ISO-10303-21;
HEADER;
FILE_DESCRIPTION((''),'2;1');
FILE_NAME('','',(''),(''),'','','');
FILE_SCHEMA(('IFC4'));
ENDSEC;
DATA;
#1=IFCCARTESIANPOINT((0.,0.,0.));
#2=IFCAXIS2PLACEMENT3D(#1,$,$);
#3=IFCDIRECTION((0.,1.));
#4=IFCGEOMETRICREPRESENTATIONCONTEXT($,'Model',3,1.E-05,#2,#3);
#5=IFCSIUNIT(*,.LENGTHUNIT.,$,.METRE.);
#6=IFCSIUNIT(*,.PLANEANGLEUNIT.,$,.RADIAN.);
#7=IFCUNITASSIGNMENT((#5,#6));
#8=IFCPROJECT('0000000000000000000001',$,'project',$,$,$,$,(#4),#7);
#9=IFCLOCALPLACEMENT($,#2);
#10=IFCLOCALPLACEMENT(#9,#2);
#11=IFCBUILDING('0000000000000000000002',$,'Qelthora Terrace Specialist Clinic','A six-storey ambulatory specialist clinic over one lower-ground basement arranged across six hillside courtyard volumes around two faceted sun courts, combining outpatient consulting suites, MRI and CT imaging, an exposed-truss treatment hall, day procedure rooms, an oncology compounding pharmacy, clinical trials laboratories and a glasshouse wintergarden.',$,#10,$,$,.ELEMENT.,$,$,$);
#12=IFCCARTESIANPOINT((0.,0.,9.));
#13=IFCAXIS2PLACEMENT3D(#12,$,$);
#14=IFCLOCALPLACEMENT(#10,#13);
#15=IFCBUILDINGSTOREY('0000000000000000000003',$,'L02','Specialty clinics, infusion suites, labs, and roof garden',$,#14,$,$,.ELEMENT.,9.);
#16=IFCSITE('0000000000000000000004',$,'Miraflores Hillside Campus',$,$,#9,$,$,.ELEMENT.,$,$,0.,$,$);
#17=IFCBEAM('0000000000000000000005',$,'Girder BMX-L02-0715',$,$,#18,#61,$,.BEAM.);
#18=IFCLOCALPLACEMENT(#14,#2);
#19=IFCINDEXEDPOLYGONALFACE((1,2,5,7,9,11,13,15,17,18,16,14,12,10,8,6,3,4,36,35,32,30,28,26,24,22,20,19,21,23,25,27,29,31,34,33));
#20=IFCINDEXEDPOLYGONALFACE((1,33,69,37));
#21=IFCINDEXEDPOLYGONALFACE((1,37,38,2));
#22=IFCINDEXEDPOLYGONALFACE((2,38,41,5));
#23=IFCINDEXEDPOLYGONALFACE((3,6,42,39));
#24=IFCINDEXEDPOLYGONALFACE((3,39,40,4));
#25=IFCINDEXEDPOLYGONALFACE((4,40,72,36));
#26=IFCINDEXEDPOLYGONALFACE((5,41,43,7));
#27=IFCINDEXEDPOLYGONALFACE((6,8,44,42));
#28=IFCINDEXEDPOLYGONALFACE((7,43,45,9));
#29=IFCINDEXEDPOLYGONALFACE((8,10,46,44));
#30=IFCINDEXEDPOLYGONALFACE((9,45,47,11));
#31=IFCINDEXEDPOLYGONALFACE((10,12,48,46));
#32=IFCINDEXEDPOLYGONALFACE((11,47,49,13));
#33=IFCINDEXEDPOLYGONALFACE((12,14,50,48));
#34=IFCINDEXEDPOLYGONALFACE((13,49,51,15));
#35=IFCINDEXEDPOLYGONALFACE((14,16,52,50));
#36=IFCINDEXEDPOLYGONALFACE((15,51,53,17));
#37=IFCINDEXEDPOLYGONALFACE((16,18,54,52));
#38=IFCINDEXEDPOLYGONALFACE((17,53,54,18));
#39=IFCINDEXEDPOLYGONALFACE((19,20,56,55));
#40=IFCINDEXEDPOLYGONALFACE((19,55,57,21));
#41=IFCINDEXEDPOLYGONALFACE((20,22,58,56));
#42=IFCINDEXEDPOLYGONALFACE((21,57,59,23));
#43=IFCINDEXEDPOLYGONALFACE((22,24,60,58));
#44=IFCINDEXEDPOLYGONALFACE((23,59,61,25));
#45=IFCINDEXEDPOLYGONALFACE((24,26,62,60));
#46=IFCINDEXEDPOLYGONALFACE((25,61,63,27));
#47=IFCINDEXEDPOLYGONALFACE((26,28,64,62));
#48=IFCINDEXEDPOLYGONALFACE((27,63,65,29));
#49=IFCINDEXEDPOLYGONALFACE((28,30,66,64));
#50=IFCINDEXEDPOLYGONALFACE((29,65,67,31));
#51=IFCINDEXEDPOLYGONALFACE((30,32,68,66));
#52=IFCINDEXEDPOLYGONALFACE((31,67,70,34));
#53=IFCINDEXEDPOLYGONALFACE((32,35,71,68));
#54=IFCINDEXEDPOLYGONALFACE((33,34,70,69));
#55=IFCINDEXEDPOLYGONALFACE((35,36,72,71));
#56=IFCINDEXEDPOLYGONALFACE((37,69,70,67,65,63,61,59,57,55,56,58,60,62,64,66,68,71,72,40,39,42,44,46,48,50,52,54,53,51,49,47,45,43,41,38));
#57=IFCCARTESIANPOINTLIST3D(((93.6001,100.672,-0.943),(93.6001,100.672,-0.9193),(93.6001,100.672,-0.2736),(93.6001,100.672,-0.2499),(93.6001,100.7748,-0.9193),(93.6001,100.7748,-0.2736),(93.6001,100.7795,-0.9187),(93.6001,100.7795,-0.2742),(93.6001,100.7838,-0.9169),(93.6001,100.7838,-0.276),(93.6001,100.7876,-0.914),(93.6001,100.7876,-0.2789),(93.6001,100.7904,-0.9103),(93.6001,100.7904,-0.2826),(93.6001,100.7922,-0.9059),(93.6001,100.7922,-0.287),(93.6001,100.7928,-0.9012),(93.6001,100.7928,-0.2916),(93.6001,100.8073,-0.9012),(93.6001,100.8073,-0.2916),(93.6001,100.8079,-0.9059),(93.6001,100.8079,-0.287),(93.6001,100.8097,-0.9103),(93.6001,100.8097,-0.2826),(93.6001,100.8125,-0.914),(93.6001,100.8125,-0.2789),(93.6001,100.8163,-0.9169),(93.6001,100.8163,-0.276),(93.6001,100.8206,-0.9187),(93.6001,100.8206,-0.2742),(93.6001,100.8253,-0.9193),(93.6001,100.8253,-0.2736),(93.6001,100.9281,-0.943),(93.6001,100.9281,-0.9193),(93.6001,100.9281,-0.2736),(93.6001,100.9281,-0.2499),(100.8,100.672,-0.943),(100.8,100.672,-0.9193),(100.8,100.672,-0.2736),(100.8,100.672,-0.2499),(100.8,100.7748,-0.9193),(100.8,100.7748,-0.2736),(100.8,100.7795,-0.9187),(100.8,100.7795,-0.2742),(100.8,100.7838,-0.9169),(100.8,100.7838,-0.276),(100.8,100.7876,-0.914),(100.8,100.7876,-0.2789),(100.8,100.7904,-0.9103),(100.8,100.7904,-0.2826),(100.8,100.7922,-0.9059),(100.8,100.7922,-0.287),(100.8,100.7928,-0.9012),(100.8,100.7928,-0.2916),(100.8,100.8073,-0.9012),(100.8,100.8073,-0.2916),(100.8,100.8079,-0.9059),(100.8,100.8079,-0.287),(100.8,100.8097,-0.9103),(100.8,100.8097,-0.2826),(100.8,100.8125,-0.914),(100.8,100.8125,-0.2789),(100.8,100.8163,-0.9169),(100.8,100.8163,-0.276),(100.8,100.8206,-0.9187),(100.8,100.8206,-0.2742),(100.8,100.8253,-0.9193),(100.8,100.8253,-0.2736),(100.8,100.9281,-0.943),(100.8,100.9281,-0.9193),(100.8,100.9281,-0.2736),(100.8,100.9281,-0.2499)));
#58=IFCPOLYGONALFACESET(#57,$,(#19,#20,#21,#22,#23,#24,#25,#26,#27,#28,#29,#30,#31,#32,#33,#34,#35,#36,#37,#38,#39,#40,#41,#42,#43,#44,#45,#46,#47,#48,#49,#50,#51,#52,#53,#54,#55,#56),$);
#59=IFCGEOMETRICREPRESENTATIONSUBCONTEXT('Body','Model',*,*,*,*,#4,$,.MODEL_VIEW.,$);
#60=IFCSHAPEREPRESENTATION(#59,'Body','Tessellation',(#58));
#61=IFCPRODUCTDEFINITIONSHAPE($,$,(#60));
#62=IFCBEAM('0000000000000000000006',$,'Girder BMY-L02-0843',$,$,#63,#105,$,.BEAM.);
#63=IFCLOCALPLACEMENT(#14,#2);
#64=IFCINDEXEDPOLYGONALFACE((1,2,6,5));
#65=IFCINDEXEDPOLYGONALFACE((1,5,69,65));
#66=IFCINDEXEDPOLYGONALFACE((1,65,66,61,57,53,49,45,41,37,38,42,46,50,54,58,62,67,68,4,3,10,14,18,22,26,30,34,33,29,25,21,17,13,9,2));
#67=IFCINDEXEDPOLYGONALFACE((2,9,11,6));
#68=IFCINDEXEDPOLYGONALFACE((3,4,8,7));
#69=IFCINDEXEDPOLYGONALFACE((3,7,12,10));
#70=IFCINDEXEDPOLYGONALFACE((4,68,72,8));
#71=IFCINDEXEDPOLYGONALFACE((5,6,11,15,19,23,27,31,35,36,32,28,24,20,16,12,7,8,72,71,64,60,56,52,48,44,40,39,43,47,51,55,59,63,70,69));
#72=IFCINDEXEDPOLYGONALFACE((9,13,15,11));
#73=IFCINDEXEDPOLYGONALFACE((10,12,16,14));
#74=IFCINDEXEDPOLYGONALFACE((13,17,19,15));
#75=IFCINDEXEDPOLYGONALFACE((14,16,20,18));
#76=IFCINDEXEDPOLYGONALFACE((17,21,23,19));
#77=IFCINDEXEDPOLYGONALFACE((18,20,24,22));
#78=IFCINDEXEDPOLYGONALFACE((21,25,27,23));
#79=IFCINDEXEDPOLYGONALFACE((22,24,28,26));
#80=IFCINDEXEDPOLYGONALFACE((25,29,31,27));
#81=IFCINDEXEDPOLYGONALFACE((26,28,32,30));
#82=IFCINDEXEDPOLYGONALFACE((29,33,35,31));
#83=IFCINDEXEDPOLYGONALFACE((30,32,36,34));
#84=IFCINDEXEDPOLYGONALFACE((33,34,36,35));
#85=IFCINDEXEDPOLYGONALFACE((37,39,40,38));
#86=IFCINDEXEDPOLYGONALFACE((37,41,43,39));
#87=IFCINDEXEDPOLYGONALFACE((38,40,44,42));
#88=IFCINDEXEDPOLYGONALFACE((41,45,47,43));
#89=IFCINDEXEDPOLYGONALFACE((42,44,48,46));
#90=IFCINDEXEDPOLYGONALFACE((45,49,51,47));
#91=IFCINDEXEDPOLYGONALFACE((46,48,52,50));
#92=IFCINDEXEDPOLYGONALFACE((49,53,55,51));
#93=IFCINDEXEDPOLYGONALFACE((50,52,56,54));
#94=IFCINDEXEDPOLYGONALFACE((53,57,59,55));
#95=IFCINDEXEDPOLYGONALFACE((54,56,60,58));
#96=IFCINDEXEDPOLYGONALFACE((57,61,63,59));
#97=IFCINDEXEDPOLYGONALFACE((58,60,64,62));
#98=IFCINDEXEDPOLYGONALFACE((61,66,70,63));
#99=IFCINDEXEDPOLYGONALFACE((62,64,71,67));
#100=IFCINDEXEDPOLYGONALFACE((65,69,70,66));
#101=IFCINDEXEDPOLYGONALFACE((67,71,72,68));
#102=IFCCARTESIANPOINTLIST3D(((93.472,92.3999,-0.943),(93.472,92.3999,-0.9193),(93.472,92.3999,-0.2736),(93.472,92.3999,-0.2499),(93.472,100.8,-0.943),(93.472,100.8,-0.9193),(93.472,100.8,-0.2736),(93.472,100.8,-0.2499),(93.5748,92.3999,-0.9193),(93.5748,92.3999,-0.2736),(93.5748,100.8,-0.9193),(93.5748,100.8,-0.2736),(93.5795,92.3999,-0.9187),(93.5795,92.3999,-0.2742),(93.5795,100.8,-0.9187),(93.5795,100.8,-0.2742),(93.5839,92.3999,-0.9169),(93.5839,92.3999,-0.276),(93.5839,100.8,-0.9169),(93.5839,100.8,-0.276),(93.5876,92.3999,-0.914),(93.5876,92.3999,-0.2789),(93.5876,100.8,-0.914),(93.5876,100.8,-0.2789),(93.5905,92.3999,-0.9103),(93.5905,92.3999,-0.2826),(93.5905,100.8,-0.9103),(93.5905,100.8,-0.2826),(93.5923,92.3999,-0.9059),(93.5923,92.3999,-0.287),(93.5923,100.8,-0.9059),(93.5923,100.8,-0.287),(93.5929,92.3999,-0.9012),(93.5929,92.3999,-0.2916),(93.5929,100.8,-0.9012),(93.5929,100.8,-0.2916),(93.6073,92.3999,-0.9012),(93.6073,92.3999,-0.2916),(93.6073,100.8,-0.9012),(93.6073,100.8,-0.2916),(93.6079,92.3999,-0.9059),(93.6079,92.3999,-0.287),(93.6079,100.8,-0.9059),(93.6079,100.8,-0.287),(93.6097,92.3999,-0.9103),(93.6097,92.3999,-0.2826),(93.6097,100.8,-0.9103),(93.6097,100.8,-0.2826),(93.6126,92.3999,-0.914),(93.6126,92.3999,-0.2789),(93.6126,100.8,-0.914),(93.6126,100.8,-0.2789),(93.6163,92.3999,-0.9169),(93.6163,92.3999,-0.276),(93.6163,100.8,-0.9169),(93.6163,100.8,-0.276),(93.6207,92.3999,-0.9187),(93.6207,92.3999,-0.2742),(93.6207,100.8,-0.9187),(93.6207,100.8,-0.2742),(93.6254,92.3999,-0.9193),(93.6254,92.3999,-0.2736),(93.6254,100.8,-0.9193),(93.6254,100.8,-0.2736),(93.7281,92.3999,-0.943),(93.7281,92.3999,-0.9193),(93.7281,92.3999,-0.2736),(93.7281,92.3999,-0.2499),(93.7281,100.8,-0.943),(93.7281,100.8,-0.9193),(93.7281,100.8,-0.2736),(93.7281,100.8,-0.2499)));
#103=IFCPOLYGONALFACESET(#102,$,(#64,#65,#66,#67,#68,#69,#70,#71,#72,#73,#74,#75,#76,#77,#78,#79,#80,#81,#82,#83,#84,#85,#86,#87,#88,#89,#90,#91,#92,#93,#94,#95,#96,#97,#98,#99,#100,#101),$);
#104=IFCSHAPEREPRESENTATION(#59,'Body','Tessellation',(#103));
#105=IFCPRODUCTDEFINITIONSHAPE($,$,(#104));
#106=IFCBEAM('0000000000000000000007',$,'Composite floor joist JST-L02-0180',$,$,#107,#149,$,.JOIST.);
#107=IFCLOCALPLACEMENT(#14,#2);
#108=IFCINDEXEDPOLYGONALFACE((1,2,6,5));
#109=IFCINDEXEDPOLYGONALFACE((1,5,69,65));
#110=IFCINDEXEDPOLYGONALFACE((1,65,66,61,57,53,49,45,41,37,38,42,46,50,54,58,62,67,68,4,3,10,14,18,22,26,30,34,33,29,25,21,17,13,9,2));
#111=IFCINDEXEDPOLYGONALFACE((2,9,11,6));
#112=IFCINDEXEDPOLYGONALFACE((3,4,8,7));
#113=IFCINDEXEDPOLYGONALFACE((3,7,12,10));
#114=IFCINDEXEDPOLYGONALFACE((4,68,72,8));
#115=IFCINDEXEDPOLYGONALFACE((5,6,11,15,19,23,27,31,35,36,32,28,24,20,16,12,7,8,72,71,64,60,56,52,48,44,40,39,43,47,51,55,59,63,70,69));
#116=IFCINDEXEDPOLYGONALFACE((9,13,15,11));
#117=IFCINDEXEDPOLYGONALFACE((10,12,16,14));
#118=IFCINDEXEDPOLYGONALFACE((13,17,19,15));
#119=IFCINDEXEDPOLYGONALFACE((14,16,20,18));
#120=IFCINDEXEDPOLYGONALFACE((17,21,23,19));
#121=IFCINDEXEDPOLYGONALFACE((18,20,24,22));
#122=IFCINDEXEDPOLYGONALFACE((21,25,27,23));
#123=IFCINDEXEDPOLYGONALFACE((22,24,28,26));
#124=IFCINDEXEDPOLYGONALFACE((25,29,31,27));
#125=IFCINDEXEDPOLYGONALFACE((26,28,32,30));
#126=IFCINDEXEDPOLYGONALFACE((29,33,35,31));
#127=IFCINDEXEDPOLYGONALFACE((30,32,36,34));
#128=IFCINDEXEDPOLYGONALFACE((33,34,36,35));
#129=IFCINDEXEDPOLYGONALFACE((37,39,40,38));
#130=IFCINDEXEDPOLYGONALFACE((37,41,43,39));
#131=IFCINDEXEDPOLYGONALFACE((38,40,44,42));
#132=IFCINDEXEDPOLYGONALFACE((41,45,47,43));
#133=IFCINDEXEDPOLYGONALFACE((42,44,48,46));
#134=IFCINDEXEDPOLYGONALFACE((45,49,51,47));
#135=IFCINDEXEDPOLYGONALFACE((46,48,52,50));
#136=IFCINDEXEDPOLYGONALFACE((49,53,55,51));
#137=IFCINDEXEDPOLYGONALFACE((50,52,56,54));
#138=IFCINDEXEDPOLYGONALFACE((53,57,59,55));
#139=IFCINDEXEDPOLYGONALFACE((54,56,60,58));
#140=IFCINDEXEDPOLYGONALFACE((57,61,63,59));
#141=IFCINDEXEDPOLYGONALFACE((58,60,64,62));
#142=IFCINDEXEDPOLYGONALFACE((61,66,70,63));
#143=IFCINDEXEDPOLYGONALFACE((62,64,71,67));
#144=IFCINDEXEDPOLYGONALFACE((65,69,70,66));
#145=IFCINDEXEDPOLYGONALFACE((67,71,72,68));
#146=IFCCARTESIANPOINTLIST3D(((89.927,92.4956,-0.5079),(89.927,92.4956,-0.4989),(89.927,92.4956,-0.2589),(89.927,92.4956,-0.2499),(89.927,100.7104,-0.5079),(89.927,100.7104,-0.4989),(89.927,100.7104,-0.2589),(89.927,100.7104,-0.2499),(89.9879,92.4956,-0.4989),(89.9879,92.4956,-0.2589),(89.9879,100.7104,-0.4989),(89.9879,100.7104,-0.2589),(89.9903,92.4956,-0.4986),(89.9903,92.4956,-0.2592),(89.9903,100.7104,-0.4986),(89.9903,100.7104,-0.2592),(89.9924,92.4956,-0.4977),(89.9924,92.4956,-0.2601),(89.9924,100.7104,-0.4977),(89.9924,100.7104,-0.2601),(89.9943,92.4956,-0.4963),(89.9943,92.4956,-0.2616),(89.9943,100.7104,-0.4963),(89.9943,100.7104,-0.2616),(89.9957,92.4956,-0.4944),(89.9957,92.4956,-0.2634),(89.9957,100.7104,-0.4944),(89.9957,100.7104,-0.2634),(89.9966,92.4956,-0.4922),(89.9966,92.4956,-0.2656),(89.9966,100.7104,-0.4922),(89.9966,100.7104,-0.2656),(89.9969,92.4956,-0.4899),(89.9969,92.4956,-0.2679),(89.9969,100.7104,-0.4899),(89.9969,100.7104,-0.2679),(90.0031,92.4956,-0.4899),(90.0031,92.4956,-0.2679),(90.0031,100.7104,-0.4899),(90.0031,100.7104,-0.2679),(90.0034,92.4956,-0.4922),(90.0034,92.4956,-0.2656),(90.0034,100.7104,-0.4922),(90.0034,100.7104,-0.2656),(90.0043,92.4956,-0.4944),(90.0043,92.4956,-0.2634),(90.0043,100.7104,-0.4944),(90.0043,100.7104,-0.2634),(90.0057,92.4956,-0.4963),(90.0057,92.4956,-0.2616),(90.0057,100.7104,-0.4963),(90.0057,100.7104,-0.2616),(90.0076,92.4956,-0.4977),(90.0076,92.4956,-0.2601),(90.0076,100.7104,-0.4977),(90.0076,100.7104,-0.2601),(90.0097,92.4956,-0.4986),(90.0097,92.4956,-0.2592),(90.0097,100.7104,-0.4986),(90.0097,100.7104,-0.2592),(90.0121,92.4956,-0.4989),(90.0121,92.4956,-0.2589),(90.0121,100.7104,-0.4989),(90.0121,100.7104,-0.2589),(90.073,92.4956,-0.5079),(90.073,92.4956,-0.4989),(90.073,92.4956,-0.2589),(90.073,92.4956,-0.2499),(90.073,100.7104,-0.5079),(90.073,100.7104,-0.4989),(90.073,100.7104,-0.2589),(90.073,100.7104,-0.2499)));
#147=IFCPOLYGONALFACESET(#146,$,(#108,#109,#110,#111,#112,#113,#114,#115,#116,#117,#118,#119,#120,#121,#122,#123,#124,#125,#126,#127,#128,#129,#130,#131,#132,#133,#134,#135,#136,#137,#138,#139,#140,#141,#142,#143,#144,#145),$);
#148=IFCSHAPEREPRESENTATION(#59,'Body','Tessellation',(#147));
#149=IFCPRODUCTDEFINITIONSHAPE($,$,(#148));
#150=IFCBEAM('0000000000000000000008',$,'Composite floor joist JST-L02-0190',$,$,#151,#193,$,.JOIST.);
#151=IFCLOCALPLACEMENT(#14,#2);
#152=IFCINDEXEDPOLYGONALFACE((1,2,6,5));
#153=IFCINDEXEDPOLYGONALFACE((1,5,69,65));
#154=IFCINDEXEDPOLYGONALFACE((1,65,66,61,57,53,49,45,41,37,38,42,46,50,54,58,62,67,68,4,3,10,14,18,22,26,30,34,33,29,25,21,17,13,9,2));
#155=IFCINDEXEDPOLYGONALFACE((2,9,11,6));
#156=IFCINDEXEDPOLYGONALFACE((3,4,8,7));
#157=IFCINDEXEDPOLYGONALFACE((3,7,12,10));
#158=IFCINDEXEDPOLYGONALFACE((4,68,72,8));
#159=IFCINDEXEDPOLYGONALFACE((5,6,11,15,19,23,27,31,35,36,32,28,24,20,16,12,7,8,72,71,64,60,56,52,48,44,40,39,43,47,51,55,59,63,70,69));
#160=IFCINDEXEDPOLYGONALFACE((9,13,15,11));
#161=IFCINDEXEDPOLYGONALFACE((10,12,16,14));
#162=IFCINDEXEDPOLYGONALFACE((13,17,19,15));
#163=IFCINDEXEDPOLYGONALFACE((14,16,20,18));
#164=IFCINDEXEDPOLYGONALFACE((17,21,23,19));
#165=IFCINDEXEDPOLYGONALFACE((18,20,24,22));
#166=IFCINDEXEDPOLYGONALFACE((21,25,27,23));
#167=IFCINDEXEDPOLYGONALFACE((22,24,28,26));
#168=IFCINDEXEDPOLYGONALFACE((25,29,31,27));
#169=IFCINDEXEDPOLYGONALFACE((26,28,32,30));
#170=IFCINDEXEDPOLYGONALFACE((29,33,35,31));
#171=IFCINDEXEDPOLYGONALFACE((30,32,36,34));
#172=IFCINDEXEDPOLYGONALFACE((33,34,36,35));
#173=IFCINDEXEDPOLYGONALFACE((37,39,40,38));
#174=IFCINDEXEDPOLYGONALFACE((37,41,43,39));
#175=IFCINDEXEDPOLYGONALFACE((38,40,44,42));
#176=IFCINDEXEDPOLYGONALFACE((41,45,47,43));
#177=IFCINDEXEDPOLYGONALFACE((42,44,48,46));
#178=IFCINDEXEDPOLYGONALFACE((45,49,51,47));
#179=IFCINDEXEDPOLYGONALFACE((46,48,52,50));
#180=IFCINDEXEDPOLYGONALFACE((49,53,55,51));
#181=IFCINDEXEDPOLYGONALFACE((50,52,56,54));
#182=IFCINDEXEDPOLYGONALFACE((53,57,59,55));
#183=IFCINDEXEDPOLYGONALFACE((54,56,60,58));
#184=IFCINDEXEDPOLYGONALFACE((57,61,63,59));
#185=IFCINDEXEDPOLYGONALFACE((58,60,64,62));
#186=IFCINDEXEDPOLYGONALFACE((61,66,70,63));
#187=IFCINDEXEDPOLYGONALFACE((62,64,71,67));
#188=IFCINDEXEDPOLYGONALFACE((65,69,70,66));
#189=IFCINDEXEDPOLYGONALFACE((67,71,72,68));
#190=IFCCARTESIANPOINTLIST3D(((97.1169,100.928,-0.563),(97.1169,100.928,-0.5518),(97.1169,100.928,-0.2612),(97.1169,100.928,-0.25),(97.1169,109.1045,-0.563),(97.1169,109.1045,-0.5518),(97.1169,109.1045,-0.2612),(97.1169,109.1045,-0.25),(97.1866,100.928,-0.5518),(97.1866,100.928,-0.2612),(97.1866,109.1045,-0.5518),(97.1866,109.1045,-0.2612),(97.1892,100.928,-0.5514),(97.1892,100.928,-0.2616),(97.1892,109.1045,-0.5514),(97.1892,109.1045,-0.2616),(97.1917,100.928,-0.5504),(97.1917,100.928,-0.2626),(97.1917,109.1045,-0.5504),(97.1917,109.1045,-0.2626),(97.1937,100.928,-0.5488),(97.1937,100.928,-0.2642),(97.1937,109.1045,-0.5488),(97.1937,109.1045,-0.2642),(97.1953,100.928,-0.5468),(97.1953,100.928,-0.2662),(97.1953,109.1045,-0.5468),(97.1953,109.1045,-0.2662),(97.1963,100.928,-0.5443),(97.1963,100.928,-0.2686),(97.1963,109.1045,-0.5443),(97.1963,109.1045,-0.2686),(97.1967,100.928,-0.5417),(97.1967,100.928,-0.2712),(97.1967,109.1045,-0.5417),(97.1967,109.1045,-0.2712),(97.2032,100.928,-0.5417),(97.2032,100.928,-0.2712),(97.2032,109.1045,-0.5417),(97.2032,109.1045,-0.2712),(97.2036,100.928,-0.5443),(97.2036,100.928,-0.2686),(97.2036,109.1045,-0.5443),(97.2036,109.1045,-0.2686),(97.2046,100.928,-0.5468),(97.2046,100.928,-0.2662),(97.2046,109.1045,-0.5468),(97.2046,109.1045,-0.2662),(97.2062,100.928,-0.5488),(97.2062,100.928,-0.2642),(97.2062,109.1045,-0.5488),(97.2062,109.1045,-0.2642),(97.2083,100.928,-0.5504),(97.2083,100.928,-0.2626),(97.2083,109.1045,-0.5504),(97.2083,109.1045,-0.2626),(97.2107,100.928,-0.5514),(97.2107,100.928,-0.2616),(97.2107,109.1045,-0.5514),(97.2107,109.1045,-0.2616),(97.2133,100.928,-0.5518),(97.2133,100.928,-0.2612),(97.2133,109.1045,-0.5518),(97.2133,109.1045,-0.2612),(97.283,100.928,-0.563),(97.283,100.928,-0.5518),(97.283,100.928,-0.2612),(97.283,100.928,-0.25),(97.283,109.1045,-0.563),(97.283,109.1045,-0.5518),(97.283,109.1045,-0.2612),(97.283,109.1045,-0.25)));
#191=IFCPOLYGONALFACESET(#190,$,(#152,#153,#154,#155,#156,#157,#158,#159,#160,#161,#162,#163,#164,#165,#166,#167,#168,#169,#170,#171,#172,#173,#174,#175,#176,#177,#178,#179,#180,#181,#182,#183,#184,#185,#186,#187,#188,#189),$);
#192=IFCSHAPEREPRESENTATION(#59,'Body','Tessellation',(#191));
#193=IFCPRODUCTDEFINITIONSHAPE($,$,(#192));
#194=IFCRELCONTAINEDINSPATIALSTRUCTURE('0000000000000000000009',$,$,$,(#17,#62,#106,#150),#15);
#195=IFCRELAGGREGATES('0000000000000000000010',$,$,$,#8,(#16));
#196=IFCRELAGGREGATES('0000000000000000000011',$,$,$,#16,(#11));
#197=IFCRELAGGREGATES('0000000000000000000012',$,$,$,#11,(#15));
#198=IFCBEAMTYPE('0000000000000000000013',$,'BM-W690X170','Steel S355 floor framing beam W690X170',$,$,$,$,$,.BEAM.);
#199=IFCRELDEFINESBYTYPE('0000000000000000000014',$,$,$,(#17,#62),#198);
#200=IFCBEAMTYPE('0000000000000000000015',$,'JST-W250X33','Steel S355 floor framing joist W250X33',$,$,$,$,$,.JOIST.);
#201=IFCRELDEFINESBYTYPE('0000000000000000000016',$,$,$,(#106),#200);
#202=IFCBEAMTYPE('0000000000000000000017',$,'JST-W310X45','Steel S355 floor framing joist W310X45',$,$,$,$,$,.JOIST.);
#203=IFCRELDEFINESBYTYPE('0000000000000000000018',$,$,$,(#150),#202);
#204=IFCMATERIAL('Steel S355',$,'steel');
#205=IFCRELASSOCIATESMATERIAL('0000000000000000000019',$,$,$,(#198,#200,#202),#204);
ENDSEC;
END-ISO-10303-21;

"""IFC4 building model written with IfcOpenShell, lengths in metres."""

from ifc_helpers import new_model, si_unit, direction, frame, origin, origin_2d, place, context, subcontext, project, spatial, i_section, extrude, material, material_profile, profile_set, type_object, element, save


model = new_model("IFC4")

# Units and contexts
model_context = context("Model", 3, precision=1e-05, world=origin(), true_north=direction((0.0, 1.0)))
body_context = subcontext(model_context, "Body", "Model", "MODEL_VIEW")
ifc_project = project(units=[si_unit("LENGTHUNIT", "METRE"), si_unit("PLANEANGLEUNIT", "RADIAN")], contexts=[model_context])

# Site, building, storey
site_placement = place(None, origin())
site = spatial("IfcSite", under=ifc_project, at=site_placement, Name="Miraflores Hillside Campus", CompositionType="ELEMENT", RefElevation=0.0)
building_placement = place(site_placement, origin())
building = spatial("IfcBuilding", under=site, at=building_placement, Name="Qelthora Terrace Specialist Clinic", Description="A six-storey ambulatory specialist clinic over one lower-ground basement arranged across six hillside courtyard volumes around two faceted sun courts, combining outpatient consulting suites, MRI and CT imaging, an exposed-truss treatment hall, day procedure rooms, an oncology compounding pharmacy, clinical trials laboratories and a glasshouse wintergarden.", CompositionType="ELEMENT")
storey_placement = place(building_placement, frame((0.0, 0.0, 9.0)))
storey = spatial("IfcBuildingStorey", under=building, at=storey_placement, Name="L02", Description="Specialty clinics, infusion suites, labs, and roof garden", CompositionType="ELEMENT", Elevation=9.0)

# Shared definitions
ifc_material_1 = material(Name="Steel S355", Category="steel")

# Beams
ifc_material_profile_1 = material_profile(ifc_material_1, i_section(OverallWidth=0.2561, OverallDepth=0.6931, WebThickness=0.0144, FlangeThickness=0.0237, FilletRadius=0.0181, at=origin_2d()), Name="W690X170")
ifc_profile_set_1 = profile_set([ifc_material_profile_1], Name="Steel S355")
beam_type_1 = type_object("IfcBeamType", Name="BM-W690X170", Description="Steel S355 floor framing beam W690X170", PredefinedType="BEAM", material=ifc_profile_set_1)
beam_1_placement = place(storey_placement, frame((93.6001, 100.8, -0.5964), z_axis=(1.0, 0.0, 0.0), x_axis=(0.0, 1.0, 0.0)))
element("IfcBeam", 1, at=beam_1_placement, inside=storey, type_object=beam_type_1, Name="Girder BMX-L02-0715", PredefinedType="BEAM", context=body_context, shape_type="SweptSolid", body=[
    extrude(i_section(OverallWidth=0.2561, OverallDepth=0.6931, WebThickness=0.0144, FlangeThickness=0.0237, FilletRadius=0.0181, at=origin_2d()), origin(), (0.0, 0.0, 1.0), 7.2),
])
beam_2_placement = place(storey_placement, frame((93.6001, 92.3999, -0.5964), z_axis=(0.0, 1.0, 0.0), x_axis=(-1.0, 0.0, 0.0)))
element("IfcBeam", 2, at=beam_2_placement, inside=storey, type_object=beam_type_1, Name="Girder BMY-L02-0843", PredefinedType="BEAM", context=body_context, shape_type="SweptSolid", body=[
    extrude(i_section(OverallWidth=0.2561, OverallDepth=0.6931, WebThickness=0.0144, FlangeThickness=0.0237, FilletRadius=0.0181, at=origin_2d()), origin(), (0.0, 0.0, 1.0), 8.4001),
])
ifc_material_profile_2 = material_profile(ifc_material_1, i_section(OverallWidth=0.146, OverallDepth=0.2581, WebThickness=0.0061, FlangeThickness=0.009, FilletRadius=0.009, at=origin_2d()), Name="W250X33")
ifc_profile_set_2 = profile_set([ifc_material_profile_2], Name="Steel S355")
beam_type_2 = type_object("IfcBeamType", Name="JST-W250X33", Description="Steel S355 floor framing joist W250X33", PredefinedType="JOIST", material=ifc_profile_set_2)
beam_3_placement = place(storey_placement, frame((90.0, 92.4956, -0.3789), z_axis=(0.0, 1.0, 0.0), x_axis=(-1.0, 0.0, 0.0)))
element("IfcBeam", 3, at=beam_3_placement, inside=storey, type_object=beam_type_2, Name="Composite floor joist JST-L02-0180", PredefinedType="JOIST", context=body_context, shape_type="SweptSolid", body=[
    extrude(i_section(OverallWidth=0.146, OverallDepth=0.2581, WebThickness=0.0061, FlangeThickness=0.009, FilletRadius=0.009, at=origin_2d()), origin(), (0.0, 0.0, 1.0), 8.2148),
])
ifc_material_profile_3 = material_profile(ifc_material_1, i_section(OverallWidth=0.166, OverallDepth=0.313, WebThickness=0.0066, FlangeThickness=0.0112, FilletRadius=0.01, at=origin_2d()), Name="W310X45")
ifc_profile_set_3 = profile_set([ifc_material_profile_3], Name="Steel S355")
beam_type_3 = type_object("IfcBeamType", Name="JST-W310X45", Description="Steel S355 floor framing joist W310X45", PredefinedType="JOIST", material=ifc_profile_set_3)
beam_4_placement = place(storey_placement, frame((97.2, 100.928, -0.4065), z_axis=(0.0, 1.0, 0.0), x_axis=(-1.0, 0.0, 0.0)))
element("IfcBeam", 4, at=beam_4_placement, inside=storey, type_object=beam_type_3, Name="Composite floor joist JST-L02-0190", PredefinedType="JOIST", context=body_context, shape_type="SweptSolid", body=[
    extrude(i_section(OverallWidth=0.166, OverallDepth=0.313, WebThickness=0.0066, FlangeThickness=0.0112, FilletRadius=0.01, at=origin_2d()), origin(), (0.0, 0.0, 1.0), 8.1765),
])

save(model, "model.ifc")
